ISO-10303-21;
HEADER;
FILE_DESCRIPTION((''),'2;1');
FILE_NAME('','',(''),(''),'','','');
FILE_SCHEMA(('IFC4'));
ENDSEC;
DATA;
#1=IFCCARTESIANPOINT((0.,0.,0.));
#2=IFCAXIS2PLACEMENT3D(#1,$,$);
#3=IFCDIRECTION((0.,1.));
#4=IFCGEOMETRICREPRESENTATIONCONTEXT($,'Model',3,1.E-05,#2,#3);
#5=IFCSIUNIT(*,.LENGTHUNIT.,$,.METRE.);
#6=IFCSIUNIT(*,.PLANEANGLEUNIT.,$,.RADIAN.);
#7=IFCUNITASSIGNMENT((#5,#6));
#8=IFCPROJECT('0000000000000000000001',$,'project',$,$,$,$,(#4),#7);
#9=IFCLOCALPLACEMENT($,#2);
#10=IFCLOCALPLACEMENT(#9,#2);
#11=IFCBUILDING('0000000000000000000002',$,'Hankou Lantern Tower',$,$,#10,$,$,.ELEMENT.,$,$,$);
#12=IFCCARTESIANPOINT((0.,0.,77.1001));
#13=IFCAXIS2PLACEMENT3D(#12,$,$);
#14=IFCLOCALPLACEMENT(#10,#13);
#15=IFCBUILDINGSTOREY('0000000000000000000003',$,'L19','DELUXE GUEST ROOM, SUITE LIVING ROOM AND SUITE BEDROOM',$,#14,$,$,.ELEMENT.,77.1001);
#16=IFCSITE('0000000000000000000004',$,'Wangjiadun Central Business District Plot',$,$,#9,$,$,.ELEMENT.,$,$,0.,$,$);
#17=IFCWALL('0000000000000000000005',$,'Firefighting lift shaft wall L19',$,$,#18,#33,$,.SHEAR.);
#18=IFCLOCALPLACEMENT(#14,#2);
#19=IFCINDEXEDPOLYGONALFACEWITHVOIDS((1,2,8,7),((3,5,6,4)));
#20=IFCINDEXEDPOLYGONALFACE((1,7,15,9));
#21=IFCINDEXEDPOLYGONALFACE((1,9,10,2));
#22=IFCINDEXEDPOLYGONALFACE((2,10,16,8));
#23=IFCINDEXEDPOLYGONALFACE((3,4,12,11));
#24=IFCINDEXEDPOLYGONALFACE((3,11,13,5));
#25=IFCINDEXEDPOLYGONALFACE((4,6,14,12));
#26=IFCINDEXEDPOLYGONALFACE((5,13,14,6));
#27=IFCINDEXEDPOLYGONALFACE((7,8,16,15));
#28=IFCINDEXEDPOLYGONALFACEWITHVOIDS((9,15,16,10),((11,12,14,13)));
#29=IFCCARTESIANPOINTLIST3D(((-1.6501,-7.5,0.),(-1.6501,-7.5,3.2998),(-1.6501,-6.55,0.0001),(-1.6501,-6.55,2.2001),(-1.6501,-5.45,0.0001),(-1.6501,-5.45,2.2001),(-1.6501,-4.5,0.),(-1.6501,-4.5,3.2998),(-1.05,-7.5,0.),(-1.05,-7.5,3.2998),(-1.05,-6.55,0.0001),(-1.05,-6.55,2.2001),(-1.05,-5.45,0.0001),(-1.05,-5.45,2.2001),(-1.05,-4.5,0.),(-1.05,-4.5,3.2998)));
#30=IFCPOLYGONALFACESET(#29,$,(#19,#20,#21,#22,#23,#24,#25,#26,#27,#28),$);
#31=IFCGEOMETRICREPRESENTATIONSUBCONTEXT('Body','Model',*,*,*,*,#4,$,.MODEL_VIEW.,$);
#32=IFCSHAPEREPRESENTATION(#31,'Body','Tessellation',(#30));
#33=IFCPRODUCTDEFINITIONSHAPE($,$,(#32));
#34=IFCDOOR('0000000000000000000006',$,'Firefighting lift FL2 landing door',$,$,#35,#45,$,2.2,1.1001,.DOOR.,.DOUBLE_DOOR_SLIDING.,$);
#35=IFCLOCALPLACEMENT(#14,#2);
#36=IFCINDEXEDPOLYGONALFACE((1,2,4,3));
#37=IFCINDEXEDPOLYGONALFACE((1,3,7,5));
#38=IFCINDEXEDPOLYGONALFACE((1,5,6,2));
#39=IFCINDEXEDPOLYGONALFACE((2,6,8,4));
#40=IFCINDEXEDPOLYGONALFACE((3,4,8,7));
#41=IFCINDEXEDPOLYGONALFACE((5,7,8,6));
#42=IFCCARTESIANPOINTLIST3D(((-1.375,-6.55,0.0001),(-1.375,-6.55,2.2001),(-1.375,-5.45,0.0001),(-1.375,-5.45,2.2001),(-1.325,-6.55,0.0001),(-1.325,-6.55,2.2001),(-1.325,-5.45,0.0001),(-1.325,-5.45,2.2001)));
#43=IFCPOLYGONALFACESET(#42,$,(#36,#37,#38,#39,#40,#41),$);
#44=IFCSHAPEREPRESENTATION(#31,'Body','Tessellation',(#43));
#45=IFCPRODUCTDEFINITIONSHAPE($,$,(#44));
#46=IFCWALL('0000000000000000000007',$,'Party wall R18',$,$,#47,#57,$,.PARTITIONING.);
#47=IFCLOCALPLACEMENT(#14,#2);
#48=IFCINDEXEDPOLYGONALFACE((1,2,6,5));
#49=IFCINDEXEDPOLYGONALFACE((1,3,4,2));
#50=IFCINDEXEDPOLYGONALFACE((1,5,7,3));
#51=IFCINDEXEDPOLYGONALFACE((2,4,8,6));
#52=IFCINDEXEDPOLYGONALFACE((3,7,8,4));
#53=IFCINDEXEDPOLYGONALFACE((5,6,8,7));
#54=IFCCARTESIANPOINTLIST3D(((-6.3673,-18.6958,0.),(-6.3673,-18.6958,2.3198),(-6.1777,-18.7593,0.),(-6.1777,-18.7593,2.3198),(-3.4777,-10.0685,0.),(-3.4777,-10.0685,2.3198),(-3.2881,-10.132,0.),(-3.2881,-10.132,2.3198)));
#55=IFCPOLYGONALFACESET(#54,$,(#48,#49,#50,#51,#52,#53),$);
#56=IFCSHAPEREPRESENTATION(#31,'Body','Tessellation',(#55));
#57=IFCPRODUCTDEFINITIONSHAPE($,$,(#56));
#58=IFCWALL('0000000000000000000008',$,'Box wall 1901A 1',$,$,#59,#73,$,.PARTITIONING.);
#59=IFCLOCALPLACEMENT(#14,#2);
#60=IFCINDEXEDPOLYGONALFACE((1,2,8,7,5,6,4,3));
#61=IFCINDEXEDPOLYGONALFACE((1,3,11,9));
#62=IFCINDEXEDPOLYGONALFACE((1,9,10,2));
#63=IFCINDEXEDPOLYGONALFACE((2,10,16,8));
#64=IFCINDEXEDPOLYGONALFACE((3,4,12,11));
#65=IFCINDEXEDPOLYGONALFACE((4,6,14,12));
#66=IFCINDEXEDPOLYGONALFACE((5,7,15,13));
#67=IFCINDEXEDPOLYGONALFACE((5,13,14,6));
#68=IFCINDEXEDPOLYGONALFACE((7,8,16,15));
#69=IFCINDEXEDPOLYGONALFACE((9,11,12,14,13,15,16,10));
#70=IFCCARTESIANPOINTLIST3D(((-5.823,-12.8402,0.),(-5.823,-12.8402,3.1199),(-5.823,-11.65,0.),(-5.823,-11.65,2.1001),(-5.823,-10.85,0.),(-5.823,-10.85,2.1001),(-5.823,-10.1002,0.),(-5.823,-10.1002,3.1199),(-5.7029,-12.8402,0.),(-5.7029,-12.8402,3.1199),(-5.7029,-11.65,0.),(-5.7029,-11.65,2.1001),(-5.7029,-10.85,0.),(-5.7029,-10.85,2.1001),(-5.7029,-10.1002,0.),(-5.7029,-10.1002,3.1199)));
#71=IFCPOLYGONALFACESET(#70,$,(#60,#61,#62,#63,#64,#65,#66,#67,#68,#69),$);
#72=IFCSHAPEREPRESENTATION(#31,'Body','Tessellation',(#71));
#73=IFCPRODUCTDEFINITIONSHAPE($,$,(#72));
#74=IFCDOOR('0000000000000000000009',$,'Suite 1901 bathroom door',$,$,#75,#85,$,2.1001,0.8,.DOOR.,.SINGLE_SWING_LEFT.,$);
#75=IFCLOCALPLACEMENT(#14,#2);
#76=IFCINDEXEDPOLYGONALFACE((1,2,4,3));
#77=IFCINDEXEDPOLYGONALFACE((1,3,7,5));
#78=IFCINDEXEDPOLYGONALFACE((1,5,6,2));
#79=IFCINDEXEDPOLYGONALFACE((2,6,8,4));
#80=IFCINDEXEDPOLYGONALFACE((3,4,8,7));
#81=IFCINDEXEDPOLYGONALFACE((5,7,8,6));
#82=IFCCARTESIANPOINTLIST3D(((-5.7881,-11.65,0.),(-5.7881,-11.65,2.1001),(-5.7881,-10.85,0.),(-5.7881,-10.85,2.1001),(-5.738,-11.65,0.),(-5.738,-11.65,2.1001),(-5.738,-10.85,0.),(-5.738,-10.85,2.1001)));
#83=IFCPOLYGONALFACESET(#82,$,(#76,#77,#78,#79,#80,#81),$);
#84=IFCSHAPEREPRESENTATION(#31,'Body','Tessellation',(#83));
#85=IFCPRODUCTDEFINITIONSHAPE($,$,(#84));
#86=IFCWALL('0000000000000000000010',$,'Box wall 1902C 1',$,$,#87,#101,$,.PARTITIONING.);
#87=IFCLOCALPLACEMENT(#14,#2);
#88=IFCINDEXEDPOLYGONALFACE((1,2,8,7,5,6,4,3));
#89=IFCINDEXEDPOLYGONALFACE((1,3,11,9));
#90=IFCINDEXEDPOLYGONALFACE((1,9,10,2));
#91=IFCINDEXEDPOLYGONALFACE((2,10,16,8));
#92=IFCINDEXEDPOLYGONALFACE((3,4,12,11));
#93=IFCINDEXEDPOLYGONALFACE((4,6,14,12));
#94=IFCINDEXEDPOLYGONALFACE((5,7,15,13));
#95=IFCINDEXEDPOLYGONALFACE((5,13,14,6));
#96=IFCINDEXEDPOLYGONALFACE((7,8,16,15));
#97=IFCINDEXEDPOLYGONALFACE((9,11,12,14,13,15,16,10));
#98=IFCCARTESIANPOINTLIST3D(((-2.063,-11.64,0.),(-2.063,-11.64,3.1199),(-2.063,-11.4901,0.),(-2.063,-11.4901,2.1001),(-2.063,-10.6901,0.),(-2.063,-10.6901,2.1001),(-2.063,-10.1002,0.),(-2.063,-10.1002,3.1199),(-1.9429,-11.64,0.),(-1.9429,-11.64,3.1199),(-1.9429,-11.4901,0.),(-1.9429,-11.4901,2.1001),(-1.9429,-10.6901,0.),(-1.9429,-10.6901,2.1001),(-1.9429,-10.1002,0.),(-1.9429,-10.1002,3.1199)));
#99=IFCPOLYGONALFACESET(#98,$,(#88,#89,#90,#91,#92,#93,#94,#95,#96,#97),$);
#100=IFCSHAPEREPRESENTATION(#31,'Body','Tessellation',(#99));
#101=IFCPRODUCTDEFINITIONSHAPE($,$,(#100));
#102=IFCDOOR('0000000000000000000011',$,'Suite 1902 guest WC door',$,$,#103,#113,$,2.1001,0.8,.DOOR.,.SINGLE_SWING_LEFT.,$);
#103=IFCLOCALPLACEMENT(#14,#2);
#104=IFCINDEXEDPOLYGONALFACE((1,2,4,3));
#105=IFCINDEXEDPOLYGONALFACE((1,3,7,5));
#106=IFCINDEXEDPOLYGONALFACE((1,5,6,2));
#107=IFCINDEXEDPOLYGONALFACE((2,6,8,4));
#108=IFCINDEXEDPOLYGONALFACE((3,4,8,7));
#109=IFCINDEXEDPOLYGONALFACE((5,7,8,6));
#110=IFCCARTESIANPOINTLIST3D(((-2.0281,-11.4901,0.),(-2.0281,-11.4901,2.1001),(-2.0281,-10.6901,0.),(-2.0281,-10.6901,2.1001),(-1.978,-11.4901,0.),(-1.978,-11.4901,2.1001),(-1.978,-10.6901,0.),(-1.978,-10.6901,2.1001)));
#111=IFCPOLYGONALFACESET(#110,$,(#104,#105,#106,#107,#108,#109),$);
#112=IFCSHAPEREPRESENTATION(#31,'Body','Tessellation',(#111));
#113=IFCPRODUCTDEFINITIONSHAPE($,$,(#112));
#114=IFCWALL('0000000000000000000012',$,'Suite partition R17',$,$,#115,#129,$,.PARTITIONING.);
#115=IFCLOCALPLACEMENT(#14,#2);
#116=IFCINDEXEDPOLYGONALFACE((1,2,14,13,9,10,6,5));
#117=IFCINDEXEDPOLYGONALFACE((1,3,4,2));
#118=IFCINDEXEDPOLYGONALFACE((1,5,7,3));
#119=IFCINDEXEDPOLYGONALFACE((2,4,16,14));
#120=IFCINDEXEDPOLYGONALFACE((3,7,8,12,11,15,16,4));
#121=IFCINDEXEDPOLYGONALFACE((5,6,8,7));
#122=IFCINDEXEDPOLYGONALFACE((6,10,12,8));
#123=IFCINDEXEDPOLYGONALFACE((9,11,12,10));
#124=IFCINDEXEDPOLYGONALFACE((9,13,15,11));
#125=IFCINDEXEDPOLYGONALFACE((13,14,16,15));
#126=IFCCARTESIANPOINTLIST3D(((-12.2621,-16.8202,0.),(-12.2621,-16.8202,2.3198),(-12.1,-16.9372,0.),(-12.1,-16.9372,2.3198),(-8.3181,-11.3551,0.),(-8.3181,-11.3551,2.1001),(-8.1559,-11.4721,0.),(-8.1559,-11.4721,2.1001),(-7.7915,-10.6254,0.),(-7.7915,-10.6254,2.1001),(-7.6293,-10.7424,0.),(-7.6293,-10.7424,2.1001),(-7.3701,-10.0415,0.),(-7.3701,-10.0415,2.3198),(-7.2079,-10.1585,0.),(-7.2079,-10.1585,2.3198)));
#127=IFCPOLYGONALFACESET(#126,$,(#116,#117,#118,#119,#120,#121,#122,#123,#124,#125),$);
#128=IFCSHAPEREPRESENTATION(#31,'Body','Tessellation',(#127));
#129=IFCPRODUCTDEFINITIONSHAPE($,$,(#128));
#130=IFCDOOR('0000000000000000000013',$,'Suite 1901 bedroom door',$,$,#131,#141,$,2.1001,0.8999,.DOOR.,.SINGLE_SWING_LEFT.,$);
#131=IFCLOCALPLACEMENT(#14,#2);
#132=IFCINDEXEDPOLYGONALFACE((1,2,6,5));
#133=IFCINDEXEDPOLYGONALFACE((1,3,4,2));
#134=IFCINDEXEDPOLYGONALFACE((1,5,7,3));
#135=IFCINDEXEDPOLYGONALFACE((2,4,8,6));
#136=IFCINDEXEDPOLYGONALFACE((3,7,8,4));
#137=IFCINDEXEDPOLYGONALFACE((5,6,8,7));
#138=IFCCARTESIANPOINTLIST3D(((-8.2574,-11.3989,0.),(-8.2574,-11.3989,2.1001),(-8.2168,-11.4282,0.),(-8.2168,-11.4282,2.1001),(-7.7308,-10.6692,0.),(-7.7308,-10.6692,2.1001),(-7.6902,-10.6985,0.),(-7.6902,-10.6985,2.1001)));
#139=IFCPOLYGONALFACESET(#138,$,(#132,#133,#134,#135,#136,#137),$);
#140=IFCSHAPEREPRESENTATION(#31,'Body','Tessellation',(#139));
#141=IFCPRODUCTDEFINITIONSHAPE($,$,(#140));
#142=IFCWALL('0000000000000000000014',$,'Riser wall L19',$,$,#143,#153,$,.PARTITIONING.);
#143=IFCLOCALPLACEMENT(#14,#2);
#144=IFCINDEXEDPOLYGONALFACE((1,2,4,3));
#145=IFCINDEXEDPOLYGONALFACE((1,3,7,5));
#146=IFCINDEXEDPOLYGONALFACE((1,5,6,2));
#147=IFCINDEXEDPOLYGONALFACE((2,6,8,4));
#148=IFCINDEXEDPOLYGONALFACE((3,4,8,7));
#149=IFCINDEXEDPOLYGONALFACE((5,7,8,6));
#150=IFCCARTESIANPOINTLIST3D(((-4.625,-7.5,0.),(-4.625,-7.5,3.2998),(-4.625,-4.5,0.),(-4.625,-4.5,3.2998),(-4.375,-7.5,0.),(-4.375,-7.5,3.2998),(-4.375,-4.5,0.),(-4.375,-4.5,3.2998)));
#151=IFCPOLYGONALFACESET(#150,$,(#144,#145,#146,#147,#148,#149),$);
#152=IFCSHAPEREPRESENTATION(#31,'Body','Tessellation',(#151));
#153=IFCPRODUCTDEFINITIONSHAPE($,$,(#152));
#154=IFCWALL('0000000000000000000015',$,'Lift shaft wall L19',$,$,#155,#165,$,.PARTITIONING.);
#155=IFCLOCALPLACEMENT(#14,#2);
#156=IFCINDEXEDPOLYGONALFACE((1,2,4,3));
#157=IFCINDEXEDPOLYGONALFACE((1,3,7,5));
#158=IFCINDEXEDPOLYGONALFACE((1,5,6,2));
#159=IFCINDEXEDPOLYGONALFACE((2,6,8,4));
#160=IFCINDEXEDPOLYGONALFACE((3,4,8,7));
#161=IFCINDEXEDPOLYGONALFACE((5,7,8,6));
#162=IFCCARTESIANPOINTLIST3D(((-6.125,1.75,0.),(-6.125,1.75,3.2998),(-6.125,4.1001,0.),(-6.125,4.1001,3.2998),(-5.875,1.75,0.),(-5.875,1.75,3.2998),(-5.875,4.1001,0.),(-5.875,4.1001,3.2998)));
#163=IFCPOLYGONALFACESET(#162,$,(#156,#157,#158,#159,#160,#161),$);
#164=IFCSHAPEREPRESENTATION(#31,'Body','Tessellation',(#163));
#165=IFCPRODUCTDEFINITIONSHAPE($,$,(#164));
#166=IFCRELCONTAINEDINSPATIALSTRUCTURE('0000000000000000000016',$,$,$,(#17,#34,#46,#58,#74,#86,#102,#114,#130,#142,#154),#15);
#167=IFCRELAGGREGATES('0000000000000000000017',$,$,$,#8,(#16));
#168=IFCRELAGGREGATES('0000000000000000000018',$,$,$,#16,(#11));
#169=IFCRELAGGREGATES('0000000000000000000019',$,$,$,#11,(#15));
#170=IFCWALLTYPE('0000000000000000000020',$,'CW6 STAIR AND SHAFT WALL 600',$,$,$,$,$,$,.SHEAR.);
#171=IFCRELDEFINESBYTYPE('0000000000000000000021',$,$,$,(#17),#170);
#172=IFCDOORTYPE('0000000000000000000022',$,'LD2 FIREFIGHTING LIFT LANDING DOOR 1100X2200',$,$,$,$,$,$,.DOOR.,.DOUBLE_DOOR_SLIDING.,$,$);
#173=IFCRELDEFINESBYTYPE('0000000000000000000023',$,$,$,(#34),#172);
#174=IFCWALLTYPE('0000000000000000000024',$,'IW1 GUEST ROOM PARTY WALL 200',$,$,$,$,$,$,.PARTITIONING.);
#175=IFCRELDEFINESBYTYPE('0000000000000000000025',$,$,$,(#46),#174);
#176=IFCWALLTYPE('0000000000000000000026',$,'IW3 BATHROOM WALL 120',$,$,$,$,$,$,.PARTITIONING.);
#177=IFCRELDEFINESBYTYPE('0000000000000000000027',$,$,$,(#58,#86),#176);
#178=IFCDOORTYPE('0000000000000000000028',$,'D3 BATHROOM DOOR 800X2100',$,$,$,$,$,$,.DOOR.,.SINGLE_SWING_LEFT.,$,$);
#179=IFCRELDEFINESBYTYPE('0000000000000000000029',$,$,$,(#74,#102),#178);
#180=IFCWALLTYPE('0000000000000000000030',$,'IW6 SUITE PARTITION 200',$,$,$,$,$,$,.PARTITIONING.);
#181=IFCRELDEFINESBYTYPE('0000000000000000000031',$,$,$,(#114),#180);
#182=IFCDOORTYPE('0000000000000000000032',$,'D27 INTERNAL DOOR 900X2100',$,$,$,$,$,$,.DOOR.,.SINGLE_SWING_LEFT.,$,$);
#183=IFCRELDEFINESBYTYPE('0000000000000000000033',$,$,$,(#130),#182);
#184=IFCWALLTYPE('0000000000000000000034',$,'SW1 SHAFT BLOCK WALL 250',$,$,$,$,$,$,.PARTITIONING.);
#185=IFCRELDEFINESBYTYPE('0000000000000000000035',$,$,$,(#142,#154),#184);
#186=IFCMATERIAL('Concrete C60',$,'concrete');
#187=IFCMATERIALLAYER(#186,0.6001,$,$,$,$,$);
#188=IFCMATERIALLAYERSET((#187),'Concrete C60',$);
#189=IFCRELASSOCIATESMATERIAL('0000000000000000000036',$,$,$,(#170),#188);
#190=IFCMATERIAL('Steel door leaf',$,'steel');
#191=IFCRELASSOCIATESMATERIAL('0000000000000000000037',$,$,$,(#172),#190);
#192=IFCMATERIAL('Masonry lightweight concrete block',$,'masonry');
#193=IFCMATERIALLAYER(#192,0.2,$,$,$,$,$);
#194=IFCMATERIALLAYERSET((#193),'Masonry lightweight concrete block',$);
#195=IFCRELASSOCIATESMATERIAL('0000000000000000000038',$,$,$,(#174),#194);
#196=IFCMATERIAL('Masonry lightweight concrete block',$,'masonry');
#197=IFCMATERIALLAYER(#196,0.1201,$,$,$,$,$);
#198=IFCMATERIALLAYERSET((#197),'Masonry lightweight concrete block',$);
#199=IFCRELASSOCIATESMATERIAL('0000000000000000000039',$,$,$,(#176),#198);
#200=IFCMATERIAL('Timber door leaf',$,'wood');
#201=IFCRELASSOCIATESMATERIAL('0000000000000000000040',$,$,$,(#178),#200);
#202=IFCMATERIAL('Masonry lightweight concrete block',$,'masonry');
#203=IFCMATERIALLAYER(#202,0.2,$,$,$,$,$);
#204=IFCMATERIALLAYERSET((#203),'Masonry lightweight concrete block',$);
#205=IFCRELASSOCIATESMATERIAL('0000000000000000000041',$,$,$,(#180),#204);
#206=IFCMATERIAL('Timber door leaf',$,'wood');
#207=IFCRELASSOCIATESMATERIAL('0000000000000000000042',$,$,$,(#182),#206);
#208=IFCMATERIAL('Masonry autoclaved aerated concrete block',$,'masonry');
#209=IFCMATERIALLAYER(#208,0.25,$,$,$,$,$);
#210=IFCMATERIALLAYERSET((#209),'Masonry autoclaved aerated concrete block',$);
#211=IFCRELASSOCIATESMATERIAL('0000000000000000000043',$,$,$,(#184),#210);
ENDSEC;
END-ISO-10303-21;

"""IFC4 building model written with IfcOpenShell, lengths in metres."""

from ifc_helpers import new_model, si_unit, direction, frame, frame_2d, origin, place, context, subcontext, project, spatial, rectangle, extrude, material, layer, layer_set, type_object, element, fill, save


model = new_model("IFC4")

# Units and contexts
model_context = context("Model", 3, precision=1e-05, world=origin(), true_north=direction((0.0, 1.0)))
body_context = subcontext(model_context, "Body", "Model", "MODEL_VIEW")
ifc_project = project(units=[si_unit("LENGTHUNIT", "METRE"), si_unit("PLANEANGLEUNIT", "RADIAN")], contexts=[model_context])

# Site, building, storey
site_placement = place(None, origin())
site = spatial("IfcSite", under=ifc_project, at=site_placement, Name="Wangjiadun Central Business District Plot", CompositionType="ELEMENT", RefElevation=0.0)
building_placement = place(site_placement, origin())
building = spatial("IfcBuilding", under=site, at=building_placement, Name="Hankou Lantern Tower", CompositionType="ELEMENT")
storey_placement = place(building_placement, frame((0.0, 0.0, 77.1001)))
storey = spatial("IfcBuildingStorey", under=building, at=storey_placement, Name="L19", Description="DELUXE GUEST ROOM, SUITE LIVING ROOM AND SUITE BEDROOM", CompositionType="ELEMENT", Elevation=77.1001)

# Wall, opening, door
ifc_material_1 = material(Name="Concrete C60", Category="concrete")
ifc_layer_1 = layer(ifc_material_1, 0.6001)
ifc_layer_set_1 = layer_set([ifc_layer_1], Name="Concrete C60")
wall_type_1 = type_object("IfcWallType", Name="CW6 STAIR AND SHAFT WALL 600", PredefinedType="SHEAR", material=ifc_layer_set_1)
wall_1_placement = place(storey_placement, frame((-1.3501, -7.5, 0.0), z_axis=(0.0, 0.0, 1.0), x_axis=(0.0, 1.0, 0.0)))
wall_1 = element("IfcWall", 1, at=wall_1_placement, inside=storey, type_object=wall_type_1, Name="Firefighting lift shaft wall L19", PredefinedType="SHEAR", context=body_context, shape_type="SweptSolid", body=[
    extrude(rectangle(XDim=3.0, YDim=0.6001, at=frame_2d((1.5, 0.0))), origin(), (0.0, 0.0, 1.0), 3.2998),
])
opening_1_placement = place(wall_1_placement, frame((0.95, 0.0, 0.0)))
opening_1 = element("IfcOpeningElement", 2, at=opening_1_placement, cuts=wall_1, PredefinedType="OPENING", context=body_context, shape_type="SweptSolid", body=[
    extrude(rectangle(XDim=1.1001, YDim=2.2, at=frame_2d((0.55, 1.1001))), frame((0.0, 0.3101, 0.0), z_axis=(0.0, -1.0, 0.0), x_axis=(1.0, 0.0, 0.0)), (0.0, 0.0, 1.0), 0.6201),
])
ifc_material_2 = material(Name="Steel door leaf", Category="steel")
door_type_1 = type_object("IfcDoorType", Name="LD2 FIREFIGHTING LIFT LANDING DOOR 1100X2200", OperationType="DOUBLE_DOOR_SLIDING", PredefinedType="DOOR", material=ifc_material_2)
door_1_placement = place(opening_1_placement, origin())
door_1 = element("IfcDoor", 3, at=door_1_placement, inside=storey, type_object=door_type_1, Name="Firefighting lift FL2 landing door", OperationType="DOUBLE_DOOR_SLIDING", OverallHeight=2.2, OverallWidth=1.1001, PredefinedType="DOOR", context=body_context, shape_type="SweptSolid", body=[
    extrude(rectangle(XDim=1.1001, YDim=2.2, at=frame_2d((0.55, 1.1001))), frame((0.0, 0.0249, 0.0), z_axis=(0.0, -1.0, 0.0), x_axis=(1.0, 0.0, 0.0)), (0.0, 0.0, 1.0), 0.05),
])
fill(opening_1, door_1)

# Wall
ifc_material_3 = material(Name="Masonry lightweight concrete block", Category="masonry")
ifc_layer_2 = layer(ifc_material_3, 0.2)
ifc_layer_set_2 = layer_set([ifc_layer_2], Name="Masonry lightweight concrete block")
wall_type_2 = type_object("IfcWallType", Name="IW1 GUEST ROOM PARTY WALL 200", PredefinedType="PARTITIONING", material=ifc_layer_set_2)
wall_2_placement = place(storey_placement, frame((-3.3828, -10.1001, 0.0), z_axis=(0.0, 0.0, 1.0), x_axis=(-0.317596, -0.948226, 0.0)))
element("IfcWall", 4, at=wall_2_placement, inside=storey, type_object=wall_type_2, Name="Party wall R18", PredefinedType="PARTITIONING", context=body_context, shape_type="SweptSolid", body=[
    extrude(rectangle(XDim=9.0984, YDim=0.2, at=frame_2d((4.5493, 0.0))), origin(), (0.0, 0.0, 1.0), 2.3198),
])

# Walls, openings, doors
ifc_material_4 = material(Name="Masonry lightweight concrete block", Category="masonry")
ifc_layer_3 = layer(ifc_material_4, 0.1201)
ifc_layer_set_3 = layer_set([ifc_layer_3], Name="Masonry lightweight concrete block")
wall_type_3 = type_object("IfcWallType", Name="IW3 BATHROOM WALL 120", PredefinedType="PARTITIONING", material=ifc_layer_set_3)
wall_3_placement = place(storey_placement, frame((-5.7629, -10.1001, 0.0), z_axis=(0.0, 0.0, 1.0), x_axis=(0.0, -1.0, 0.0)))
wall_3 = element("IfcWall", 5, at=wall_3_placement, inside=storey, type_object=wall_type_3, Name="Box wall 1901A 1", PredefinedType="PARTITIONING", context=body_context, shape_type="SweptSolid", body=[
    extrude(rectangle(XDim=2.74, YDim=0.1201, at=frame_2d((1.3701, 0.0))), origin(), (0.0, 0.0, 1.0), 3.1199),
])
opening_2_placement = place(wall_3_placement, frame((0.75, 0.0, 0.0)))
opening_2 = element("IfcOpeningElement", 6, at=opening_2_placement, cuts=wall_3, PredefinedType="OPENING", context=body_context, shape_type="SweptSolid", body=[
    extrude(rectangle(XDim=0.8, YDim=2.1001, at=frame_2d((0.3999, 1.05))), frame((0.0, 0.0701, 0.0), z_axis=(0.0, -1.0, 0.0), x_axis=(1.0, 0.0, 0.0)), (0.0, 0.0, 1.0), 0.1401),
])
ifc_material_5 = material(Name="Timber door leaf", Category="wood")
door_type_2 = type_object("IfcDoorType", Name="D3 BATHROOM DOOR 800X2100", OperationType="SINGLE_SWING_LEFT", PredefinedType="DOOR", material=ifc_material_5)
door_2_placement = place(opening_2_placement, origin())
door_2 = element("IfcDoor", 7, at=door_2_placement, inside=storey, type_object=door_type_2, Name="Suite 1901 bathroom door", OperationType="SINGLE_SWING_LEFT", OverallHeight=2.1001, OverallWidth=0.8, PredefinedType="DOOR", context=body_context, shape_type="SweptSolid", body=[
    extrude(rectangle(XDim=0.8, YDim=2.1001, at=frame_2d((0.3999, 1.05))), frame((0.0, 0.0249, 0.0), z_axis=(0.0, -1.0, 0.0), x_axis=(1.0, 0.0, 0.0)), (0.0, 0.0, 1.0), 0.05),
])
fill(opening_2, door_2)
wall_4_placement = place(storey_placement, frame((-2.0029, -10.1001, 0.0), z_axis=(0.0, 0.0, 1.0), x_axis=(0.0, -1.0, 0.0)))
wall_4 = element("IfcWall", 8, at=wall_4_placement, inside=storey, type_object=wall_type_3, Name="Box wall 1902C 1", PredefinedType="PARTITIONING", context=body_context, shape_type="SweptSolid", body=[
    extrude(rectangle(XDim=1.5398, YDim=0.1201, at=frame_2d((0.77, 0.0))), origin(), (0.0, 0.0, 1.0), 3.1199),
])
opening_3_placement = place(wall_4_placement, frame((0.5901, 0.0, 0.0)))
opening_3 = element("IfcOpeningElement", 9, at=opening_3_placement, cuts=wall_4, PredefinedType="OPENING", context=body_context, shape_type="SweptSolid", body=[
    extrude(rectangle(XDim=0.8, YDim=2.1001, at=frame_2d((0.3999, 1.05))), frame((0.0, 0.0701, 0.0), z_axis=(0.0, -1.0, 0.0), x_axis=(1.0, 0.0, 0.0)), (0.0, 0.0, 1.0), 0.1401),
])
door_3_placement = place(opening_3_placement, origin())
door_3 = element("IfcDoor", 10, at=door_3_placement, inside=storey, type_object=door_type_2, Name="Suite 1902 guest WC door", OperationType="SINGLE_SWING_LEFT", OverallHeight=2.1001, OverallWidth=0.8, PredefinedType="DOOR", context=body_context, shape_type="SweptSolid", body=[
    extrude(rectangle(XDim=0.8, YDim=2.1001, at=frame_2d((0.3999, 1.05))), frame((0.0, 0.0249, 0.0), z_axis=(0.0, -1.0, 0.0), x_axis=(1.0, 0.0, 0.0)), (0.0, 0.0, 1.0), 0.05),
])
fill(opening_3, door_3)
ifc_material_6 = material(Name="Masonry lightweight concrete block", Category="masonry")
ifc_layer_4 = layer(ifc_material_6, 0.2)
ifc_layer_set_4 = layer_set([ifc_layer_4], Name="Masonry lightweight concrete block")
wall_type_4 = type_object("IfcWallType", Name="IW6 SUITE PARTITION 200", PredefinedType="PARTITIONING", material=ifc_layer_set_4)
wall_5_placement = place(storey_placement, frame((-7.2891, -10.1001, 0.0), z_axis=(0.0, 0.0, 1.0), x_axis=(-0.585198, -0.81089, 0.0)))
wall_5 = element("IfcWall", 11, at=wall_5_placement, inside=storey, type_object=wall_type_4, Name="Suite partition R17", PredefinedType="PARTITIONING", context=body_context, shape_type="SweptSolid", body=[
    extrude(rectangle(XDim=8.3596, YDim=0.2, at=frame_2d((4.1797, 0.0))), origin(), (0.0, 0.0, 1.0), 2.3198),
])
opening_4_placement = place(wall_5_placement, frame((0.72, 0.0, 0.0)))
opening_4 = element("IfcOpeningElement", 12, at=opening_4_placement, cuts=wall_5, PredefinedType="OPENING", context=body_context, shape_type="SweptSolid", body=[
    extrude(rectangle(XDim=0.8999, YDim=2.1001, at=frame_2d((0.45, 1.05))), frame((0.0, 0.1099, 0.0), z_axis=(0.0, -1.0, 0.0), x_axis=(1.0, 0.0, 0.0)), (0.0, 0.0, 1.0), 0.22),
])
ifc_material_7 = material(Name="Timber door leaf", Category="wood")
door_type_3 = type_object("IfcDoorType", Name="D27 INTERNAL DOOR 900X2100", OperationType="SINGLE_SWING_LEFT", PredefinedType="DOOR", material=ifc_material_7)
door_4_placement = place(opening_4_placement, origin())
door_4 = element("IfcDoor", 13, at=door_4_placement, inside=storey, type_object=door_type_3, Name="Suite 1901 bedroom door", OperationType="SINGLE_SWING_LEFT", OverallHeight=2.1001, OverallWidth=0.8999, PredefinedType="DOOR", context=body_context, shape_type="SweptSolid", body=[
    extrude(rectangle(XDim=0.8999, YDim=2.1001, at=frame_2d((0.45, 1.05))), frame((0.0, 0.0249, 0.0), z_axis=(0.0, -1.0, 0.0), x_axis=(1.0, 0.0, 0.0)), (0.0, 0.0, 1.0), 0.05),
])
fill(opening_4, door_4)

# Walls
ifc_material_8 = material(Name="Masonry autoclaved aerated concrete block", Category="masonry")
ifc_layer_5 = layer(ifc_material_8, 0.25)
ifc_layer_set_5 = layer_set([ifc_layer_5], Name="Masonry autoclaved aerated concrete block")
wall_type_5 = type_object("IfcWallType", Name="SW1 SHAFT BLOCK WALL 250", PredefinedType="PARTITIONING", material=ifc_layer_set_5)
wall_6_placement = place(storey_placement, frame((-4.5, -7.5, 0.0), z_axis=(0.0, 0.0, 1.0), x_axis=(0.0, 1.0, 0.0)))
element("IfcWall", 14, at=wall_6_placement, inside=storey, type_object=wall_type_5, Name="Riser wall L19", PredefinedType="PARTITIONING", context=body_context, shape_type="SweptSolid", body=[
    extrude(rectangle(XDim=3.0, YDim=0.25, at=frame_2d((1.5, 0.0))), origin(), (0.0, 0.0, 1.0), 3.2998),
])
for number, where, z_axis, x_axis, name in (
    (15, (-6.0, 1.75, 0.0), (0.0, 0.0, 1.0), (0.0, 1.0, 0.0), "Lift shaft wall L19"),
):
    element("IfcWall", number, at=place(storey_placement, frame(where, z_axis=z_axis, x_axis=x_axis)), inside=storey, type_object=wall_type_5, Name=name, PredefinedType="PARTITIONING", context=body_context, shape_type="SweptSolid", body=[
        extrude(rectangle(XDim=2.3501, YDim=0.25, at=frame_2d((1.175, 0.0))), origin(), (0.0, 0.0, 1.0), 3.2998),
    ])

save(model, "model.ifc")
